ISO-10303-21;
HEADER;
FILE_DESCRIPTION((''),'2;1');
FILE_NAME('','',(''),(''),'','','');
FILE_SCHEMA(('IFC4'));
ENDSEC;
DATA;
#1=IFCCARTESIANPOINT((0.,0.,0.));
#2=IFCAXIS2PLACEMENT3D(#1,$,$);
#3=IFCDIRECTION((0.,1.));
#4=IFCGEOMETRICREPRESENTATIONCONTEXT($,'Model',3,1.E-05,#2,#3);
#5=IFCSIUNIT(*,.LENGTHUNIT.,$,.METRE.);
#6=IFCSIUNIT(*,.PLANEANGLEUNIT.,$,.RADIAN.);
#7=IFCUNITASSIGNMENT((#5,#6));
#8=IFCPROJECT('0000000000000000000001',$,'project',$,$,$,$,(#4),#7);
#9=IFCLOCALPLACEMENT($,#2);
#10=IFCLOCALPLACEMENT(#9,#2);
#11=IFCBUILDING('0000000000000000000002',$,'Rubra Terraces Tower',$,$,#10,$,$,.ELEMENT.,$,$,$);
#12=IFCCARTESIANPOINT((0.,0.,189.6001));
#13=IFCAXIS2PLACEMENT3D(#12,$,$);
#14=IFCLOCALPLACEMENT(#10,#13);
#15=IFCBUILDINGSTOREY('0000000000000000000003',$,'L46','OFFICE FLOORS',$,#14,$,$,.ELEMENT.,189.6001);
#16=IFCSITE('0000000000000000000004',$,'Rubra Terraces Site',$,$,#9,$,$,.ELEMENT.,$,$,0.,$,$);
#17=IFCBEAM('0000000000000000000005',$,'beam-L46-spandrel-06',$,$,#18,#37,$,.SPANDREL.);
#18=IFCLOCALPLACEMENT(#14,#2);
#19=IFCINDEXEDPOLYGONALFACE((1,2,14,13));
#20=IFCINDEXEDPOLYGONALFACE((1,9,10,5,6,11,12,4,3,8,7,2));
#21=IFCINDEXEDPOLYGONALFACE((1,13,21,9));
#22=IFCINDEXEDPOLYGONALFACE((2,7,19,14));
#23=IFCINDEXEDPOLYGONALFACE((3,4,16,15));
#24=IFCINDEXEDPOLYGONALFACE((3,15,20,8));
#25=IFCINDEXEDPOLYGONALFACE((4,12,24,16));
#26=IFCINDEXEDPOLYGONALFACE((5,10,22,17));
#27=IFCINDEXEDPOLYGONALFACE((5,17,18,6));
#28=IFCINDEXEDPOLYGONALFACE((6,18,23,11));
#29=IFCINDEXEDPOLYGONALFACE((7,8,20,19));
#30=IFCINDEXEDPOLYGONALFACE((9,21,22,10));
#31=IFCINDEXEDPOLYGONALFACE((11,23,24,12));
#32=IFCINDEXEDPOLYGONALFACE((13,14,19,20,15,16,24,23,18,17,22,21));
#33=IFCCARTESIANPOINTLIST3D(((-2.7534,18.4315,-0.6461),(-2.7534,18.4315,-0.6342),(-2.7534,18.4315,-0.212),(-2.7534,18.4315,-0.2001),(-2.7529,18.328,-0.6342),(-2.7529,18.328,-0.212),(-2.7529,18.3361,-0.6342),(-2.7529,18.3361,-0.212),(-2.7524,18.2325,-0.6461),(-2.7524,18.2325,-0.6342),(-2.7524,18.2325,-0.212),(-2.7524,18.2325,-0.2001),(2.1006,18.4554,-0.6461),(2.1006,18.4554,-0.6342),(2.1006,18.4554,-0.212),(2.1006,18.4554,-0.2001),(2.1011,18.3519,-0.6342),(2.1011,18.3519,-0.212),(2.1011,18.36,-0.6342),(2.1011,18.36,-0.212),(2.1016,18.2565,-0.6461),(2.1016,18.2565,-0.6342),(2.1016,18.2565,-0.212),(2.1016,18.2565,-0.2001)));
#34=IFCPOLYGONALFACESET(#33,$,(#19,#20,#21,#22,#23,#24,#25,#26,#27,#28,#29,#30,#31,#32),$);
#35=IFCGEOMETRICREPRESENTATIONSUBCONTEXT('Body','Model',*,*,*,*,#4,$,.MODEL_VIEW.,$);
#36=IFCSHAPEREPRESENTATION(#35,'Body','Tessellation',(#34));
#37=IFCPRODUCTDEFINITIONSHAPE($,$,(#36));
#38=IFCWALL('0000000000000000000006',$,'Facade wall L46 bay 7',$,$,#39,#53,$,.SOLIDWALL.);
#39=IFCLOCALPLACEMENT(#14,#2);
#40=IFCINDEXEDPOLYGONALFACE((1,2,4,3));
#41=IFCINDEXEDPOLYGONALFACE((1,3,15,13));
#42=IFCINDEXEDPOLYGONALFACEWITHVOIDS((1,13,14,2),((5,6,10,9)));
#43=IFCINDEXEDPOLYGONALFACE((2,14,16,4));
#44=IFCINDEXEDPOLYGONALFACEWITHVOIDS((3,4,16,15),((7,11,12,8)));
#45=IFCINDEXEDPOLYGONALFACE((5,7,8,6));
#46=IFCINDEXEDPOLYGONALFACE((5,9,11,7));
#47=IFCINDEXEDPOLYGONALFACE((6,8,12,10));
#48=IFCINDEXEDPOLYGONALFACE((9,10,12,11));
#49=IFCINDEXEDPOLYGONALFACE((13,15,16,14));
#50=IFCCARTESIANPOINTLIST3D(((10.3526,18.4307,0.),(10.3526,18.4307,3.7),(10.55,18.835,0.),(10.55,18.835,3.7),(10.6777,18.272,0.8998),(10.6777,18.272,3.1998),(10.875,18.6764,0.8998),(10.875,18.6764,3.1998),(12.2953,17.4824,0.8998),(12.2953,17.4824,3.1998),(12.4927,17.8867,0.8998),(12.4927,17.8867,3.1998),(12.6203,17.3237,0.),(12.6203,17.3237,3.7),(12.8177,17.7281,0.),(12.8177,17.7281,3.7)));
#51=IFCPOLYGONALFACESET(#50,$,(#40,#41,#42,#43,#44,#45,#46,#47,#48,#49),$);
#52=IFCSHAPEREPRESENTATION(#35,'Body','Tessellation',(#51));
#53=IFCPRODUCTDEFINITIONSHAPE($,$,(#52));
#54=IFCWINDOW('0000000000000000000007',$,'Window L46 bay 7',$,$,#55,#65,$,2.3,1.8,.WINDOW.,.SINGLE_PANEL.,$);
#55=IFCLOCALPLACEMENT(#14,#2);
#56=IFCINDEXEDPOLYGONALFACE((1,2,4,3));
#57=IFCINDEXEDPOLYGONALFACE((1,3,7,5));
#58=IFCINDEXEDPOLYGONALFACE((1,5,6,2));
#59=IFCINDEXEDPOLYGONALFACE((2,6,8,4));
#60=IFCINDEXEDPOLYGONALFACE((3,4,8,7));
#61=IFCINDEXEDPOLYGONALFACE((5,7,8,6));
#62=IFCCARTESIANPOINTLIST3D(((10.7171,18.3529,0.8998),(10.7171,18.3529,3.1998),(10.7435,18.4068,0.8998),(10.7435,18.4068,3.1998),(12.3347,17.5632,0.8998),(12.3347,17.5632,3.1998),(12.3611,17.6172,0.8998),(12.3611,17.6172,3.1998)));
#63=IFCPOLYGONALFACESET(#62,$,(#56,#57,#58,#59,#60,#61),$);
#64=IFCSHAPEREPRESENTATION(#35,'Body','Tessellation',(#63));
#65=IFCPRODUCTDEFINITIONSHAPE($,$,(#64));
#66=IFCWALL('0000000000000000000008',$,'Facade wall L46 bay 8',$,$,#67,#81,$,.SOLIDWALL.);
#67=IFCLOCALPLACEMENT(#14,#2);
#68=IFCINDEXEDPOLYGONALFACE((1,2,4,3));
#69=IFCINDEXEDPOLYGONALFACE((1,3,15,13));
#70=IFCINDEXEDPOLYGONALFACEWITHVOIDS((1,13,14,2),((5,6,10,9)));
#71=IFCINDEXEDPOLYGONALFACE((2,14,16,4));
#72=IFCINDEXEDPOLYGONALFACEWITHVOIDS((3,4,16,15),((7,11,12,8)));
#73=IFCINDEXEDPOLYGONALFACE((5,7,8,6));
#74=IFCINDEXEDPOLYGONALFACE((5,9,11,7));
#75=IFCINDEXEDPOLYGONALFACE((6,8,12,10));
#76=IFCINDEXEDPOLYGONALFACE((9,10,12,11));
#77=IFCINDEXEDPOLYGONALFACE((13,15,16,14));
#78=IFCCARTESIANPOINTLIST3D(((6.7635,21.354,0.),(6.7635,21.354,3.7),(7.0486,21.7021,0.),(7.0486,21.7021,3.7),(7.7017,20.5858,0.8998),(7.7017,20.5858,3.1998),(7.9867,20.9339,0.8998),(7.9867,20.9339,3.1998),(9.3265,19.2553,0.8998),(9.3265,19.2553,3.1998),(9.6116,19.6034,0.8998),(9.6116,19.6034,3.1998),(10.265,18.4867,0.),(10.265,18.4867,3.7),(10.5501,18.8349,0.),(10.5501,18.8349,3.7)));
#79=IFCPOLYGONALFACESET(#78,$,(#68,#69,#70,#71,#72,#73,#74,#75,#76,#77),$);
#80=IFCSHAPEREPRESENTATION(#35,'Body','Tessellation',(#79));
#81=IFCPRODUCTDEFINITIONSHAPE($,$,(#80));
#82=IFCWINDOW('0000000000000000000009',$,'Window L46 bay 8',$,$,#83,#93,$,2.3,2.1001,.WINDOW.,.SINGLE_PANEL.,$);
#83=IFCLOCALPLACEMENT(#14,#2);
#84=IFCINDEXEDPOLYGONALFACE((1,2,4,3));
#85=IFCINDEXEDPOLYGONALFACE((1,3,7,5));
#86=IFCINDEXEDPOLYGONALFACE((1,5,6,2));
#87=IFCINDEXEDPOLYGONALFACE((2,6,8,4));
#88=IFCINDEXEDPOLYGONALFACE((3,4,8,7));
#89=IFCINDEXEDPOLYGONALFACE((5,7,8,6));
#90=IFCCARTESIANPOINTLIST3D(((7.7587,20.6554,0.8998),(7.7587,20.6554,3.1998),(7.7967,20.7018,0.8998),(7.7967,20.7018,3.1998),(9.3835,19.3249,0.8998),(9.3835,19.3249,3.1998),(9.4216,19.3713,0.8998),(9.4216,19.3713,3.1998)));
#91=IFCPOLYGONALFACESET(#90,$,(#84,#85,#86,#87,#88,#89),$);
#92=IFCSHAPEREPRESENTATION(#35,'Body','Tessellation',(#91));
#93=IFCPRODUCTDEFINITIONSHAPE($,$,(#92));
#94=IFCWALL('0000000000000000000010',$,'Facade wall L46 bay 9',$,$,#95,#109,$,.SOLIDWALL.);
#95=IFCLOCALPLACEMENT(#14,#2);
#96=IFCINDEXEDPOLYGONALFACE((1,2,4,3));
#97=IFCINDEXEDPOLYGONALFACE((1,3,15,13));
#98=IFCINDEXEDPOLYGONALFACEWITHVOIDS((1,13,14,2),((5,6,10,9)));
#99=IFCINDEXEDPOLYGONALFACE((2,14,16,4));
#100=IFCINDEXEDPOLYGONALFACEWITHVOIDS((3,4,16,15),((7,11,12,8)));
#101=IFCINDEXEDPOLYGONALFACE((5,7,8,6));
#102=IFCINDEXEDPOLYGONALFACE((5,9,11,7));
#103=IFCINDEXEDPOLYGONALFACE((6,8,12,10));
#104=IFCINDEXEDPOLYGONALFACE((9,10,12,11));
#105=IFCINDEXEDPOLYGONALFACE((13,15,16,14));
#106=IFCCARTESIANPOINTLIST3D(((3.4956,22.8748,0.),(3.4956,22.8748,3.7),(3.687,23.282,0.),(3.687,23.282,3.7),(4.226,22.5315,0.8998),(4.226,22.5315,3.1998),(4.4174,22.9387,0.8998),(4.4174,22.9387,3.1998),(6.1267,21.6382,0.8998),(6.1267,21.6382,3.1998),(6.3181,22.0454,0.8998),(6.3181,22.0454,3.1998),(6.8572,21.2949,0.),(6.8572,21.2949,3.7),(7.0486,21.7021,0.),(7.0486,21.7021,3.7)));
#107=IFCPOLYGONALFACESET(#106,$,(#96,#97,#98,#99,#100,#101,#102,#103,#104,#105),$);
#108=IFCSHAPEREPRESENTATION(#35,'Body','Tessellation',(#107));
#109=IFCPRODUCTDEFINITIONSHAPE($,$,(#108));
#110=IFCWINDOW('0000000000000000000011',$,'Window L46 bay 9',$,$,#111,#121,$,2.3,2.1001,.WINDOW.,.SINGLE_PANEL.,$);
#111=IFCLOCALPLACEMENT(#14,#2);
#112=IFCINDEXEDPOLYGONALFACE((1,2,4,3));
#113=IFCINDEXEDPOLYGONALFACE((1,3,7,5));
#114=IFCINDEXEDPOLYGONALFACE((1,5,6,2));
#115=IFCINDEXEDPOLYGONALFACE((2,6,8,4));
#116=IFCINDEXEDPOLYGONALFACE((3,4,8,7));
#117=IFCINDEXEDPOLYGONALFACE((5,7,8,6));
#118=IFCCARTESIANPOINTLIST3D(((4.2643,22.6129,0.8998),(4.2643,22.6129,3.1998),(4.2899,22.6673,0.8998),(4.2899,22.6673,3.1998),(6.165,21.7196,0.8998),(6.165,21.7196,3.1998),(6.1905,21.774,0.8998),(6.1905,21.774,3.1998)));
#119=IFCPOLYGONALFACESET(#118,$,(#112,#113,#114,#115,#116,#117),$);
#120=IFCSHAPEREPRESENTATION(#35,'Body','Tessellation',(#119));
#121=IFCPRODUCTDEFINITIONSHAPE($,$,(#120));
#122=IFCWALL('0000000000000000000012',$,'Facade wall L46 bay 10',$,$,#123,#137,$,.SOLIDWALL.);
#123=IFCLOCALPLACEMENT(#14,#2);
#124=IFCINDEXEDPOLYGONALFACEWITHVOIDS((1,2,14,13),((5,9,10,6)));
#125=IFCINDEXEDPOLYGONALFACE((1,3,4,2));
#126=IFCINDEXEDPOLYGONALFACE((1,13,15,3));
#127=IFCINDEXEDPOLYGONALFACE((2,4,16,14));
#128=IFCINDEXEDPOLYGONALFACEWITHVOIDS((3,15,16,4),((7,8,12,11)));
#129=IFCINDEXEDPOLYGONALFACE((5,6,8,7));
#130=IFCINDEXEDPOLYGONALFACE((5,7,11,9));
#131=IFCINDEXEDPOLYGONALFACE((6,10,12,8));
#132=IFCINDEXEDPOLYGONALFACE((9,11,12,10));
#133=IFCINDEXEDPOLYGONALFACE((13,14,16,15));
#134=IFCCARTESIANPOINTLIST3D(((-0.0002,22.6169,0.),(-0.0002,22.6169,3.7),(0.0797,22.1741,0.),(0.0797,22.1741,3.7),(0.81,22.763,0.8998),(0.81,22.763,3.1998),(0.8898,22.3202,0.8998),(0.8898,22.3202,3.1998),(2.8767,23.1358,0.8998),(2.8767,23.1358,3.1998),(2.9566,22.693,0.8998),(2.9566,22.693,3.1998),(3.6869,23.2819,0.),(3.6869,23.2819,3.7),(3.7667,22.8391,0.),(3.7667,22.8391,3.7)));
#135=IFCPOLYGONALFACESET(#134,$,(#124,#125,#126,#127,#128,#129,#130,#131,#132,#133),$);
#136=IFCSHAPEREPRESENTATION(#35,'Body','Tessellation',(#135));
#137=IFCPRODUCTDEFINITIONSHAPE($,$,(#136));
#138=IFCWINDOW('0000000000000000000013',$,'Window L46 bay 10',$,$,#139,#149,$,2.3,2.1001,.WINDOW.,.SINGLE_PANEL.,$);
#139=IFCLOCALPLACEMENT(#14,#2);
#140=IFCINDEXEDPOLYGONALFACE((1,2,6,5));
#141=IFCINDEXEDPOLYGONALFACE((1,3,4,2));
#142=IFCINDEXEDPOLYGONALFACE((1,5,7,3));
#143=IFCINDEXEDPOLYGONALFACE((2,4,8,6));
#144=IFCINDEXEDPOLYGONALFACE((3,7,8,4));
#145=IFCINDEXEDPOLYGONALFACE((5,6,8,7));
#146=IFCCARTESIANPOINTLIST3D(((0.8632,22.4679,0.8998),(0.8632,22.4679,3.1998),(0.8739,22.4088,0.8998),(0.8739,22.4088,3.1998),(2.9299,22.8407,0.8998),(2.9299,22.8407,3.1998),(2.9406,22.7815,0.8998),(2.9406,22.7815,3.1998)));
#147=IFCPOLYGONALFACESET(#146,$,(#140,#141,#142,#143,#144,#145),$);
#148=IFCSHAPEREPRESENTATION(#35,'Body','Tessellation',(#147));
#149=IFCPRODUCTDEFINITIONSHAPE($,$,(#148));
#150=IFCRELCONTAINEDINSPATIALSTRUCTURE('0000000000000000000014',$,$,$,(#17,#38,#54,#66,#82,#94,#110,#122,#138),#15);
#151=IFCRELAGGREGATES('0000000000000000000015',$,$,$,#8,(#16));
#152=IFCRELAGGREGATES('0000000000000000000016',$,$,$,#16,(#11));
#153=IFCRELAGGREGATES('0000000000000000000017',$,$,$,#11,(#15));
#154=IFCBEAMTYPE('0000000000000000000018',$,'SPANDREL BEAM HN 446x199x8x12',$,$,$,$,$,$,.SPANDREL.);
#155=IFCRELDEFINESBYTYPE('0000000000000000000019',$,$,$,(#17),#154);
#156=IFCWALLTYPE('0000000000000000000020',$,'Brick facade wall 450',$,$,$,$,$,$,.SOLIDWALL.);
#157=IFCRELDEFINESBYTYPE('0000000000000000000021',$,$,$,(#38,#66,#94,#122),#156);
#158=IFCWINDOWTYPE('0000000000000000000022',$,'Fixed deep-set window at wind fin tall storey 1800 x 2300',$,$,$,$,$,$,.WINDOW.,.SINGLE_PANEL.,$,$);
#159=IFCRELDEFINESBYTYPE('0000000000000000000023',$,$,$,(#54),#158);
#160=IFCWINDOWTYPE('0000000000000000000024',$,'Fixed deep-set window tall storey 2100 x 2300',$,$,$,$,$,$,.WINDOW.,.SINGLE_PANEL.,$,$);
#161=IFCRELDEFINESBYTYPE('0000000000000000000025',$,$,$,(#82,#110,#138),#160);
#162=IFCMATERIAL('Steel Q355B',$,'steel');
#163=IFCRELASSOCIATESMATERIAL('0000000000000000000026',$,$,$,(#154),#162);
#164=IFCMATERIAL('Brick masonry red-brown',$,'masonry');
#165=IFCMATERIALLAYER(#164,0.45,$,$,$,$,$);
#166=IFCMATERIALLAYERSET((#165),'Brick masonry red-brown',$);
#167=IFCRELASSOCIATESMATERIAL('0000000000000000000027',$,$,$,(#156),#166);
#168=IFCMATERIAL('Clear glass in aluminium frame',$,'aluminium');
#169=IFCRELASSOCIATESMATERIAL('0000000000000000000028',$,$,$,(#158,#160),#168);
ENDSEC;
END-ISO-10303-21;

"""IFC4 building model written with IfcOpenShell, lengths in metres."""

from ifc_helpers import new_model, si_unit, direction, frame, frame_2d, origin, origin_2d, place, context, subcontext, project, spatial, rectangle, i_section, extrude, material, layer, layer_set, material_profile, profile_set, type_object, element, fill, save


model = new_model("IFC4")

# Units and contexts
model_context = context("Model", 3, precision=1e-05, world=origin(), true_north=direction((0.0, 1.0)))
body_context = subcontext(model_context, "Body", "Model", "MODEL_VIEW")
ifc_project = project(units=[si_unit("LENGTHUNIT", "METRE"), si_unit("PLANEANGLEUNIT", "RADIAN")], contexts=[model_context])

# Site, building, storey
site_placement = place(None, origin())
site = spatial("IfcSite", under=ifc_project, at=site_placement, Name="Rubra Terraces Site", CompositionType="ELEMENT", RefElevation=0.0)
building_placement = place(site_placement, origin())
building = spatial("IfcBuilding", under=site, at=building_placement, Name="Rubra Terraces Tower", CompositionType="ELEMENT")
storey_placement = place(building_placement, frame((0.0, 0.0, 189.6001)))
storey = spatial("IfcBuildingStorey", under=building, at=storey_placement, Name="L46", Description="OFFICE FLOORS", CompositionType="ELEMENT", Elevation=189.6001)

# Beam
ifc_material_1 = material(Name="Steel Q355B", Category="steel")
ifc_material_profile_1 = material_profile(ifc_material_1, i_section(OverallWidth=0.199, OverallDepth=0.446, WebThickness=0.0081, FlangeThickness=0.012, at=origin_2d()), Name="HN 446x199x8x12")
ifc_profile_set_1 = profile_set([ifc_material_profile_1], Name="Steel Q355B")
beam_type_1 = type_object("IfcBeamType", Name="SPANDREL BEAM HN 446x199x8x12", PredefinedType="SPANDREL", material=ifc_profile_set_1)
beam_1_placement = place(storey_placement, frame((2.1011, 18.356, -0.4231), z_axis=(-0.999988, -0.004929, 0.0), x_axis=(0.004929, -0.999988, 0.0)))
element("IfcBeam", 1, at=beam_1_placement, inside=storey, type_object=beam_type_1, Name="beam-L46-spandrel-06", PredefinedType="SPANDREL", context=body_context, shape_type="SweptSolid", body=[
    extrude(i_section(OverallWidth=0.199, OverallDepth=0.446, WebThickness=0.0081, FlangeThickness=0.012, at=origin_2d()), origin(), (0.0, 0.0, 1.0), 4.854),
])

# Walls, openings, windows
ifc_material_2 = material(Name="Brick masonry red-brown", Category="masonry")
ifc_layer_1 = layer(ifc_material_2, 0.45)
ifc_layer_set_1 = layer_set([ifc_layer_1], Name="Brick masonry red-brown")
wall_type_1 = type_object("IfcWallType", Name="Brick facade wall 450", PredefinedType="SOLIDWALL", material=ifc_layer_set_1)
wall_1_placement = place(storey_placement, frame((12.719, 17.5259, 0.0), z_axis=(0.0, 0.0, 1.0), x_axis=(-0.898644, 0.438679, 0.0)))
wall_1 = element("IfcWall", 2, at=wall_1_placement, inside=storey, type_object=wall_type_1, Name="Facade wall L46 bay 7", PredefinedType="SOLIDWALL", context=body_context, shape_type="SweptSolid", body=[
    extrude(rectangle(XDim=2.5234, YDim=0.45, at=frame_2d((1.2617, 0.0))), origin(), (0.0, 0.0, 1.0), 3.7),
])
opening_1_placement = place(wall_1_placement, frame((0.3618, 0.0, 0.8999)))
opening_1 = element("IfcOpeningElement", 3, at=opening_1_placement, cuts=wall_1, PredefinedType="OPENING", context=body_context, shape_type="SweptSolid", body=[
    extrude(rectangle(XDim=1.8, YDim=2.3, at=frame_2d((0.8999, 1.1499))), frame((0.0, 0.2349, 0.0), z_axis=(0.0, -1.0, 0.0), x_axis=(1.0, 0.0, 0.0)), (0.0, 0.0, 1.0), 0.47),
])
ifc_material_3 = material(Name="Clear glass in aluminium frame", Category="aluminium")
window_type_1 = type_object("IfcWindowType", Name="Fixed deep-set window at wind fin tall storey 1800 x 2300", PartitioningType="SINGLE_PANEL", PredefinedType="WINDOW", material=ifc_material_3)
window_1_placement = place(opening_1_placement, origin())
window_1 = element("IfcWindow", 4, at=window_1_placement, inside=storey, type_object=window_type_1, Name="Window L46 bay 7", OverallHeight=2.3, OverallWidth=1.8, PartitioningType="SINGLE_PANEL", PredefinedType="WINDOW", context=body_context, shape_type="SweptSolid", body=[
    extrude(rectangle(XDim=1.8, YDim=2.3, at=frame_2d((0.8999, 1.1499))), frame((0.0, 0.135, 0.0), z_axis=(0.0, -1.0, 0.0), x_axis=(1.0, 0.0, 0.0)), (0.0, 0.0, 1.0), 0.0601),
])
fill(opening_1, window_1)
wall_2_placement = place(storey_placement, frame((10.4075, 18.6609, 0.0), z_axis=(0.0, 0.0, 1.0), x_axis=(-0.773702, 0.633549, 0.0)))
wall_2 = element("IfcWall", 5, at=wall_2_placement, inside=storey, type_object=wall_type_1, Name="Facade wall L46 bay 8", PredefinedType="SOLIDWALL", context=body_context, shape_type="SweptSolid", body=[
    extrude(rectangle(XDim=4.5256, YDim=0.45, at=frame_2d((2.2627, 0.0))), origin(), (0.0, 0.0, 1.0), 3.7),
])
opening_2_placement = place(wall_2_placement, frame((1.2129, 0.0, 0.8999)))
opening_2 = element("IfcOpeningElement", 6, at=opening_2_placement, cuts=wall_2, PredefinedType="OPENING", context=body_context, shape_type="SweptSolid", body=[
    extrude(rectangle(XDim=2.1001, YDim=2.3, at=frame_2d((1.05, 1.1499))), frame((0.0, 0.2349, 0.0), z_axis=(0.0, -1.0, 0.0), x_axis=(1.0, 0.0, 0.0)), (0.0, 0.0, 1.0), 0.47),
])
window_type_2 = type_object("IfcWindowType", Name="Fixed deep-set window tall storey 2100 x 2300", PartitioningType="SINGLE_PANEL", PredefinedType="WINDOW", material=ifc_material_3)
window_2_placement = place(opening_2_placement, origin())
window_2 = element("IfcWindow", 7, at=window_2_placement, inside=storey, type_object=window_type_2, Name="Window L46 bay 8", OverallHeight=2.3, OverallWidth=2.1001, PartitioningType="SINGLE_PANEL", PredefinedType="WINDOW", context=body_context, shape_type="SweptSolid", body=[
    extrude(rectangle(XDim=2.1001, YDim=2.3, at=frame_2d((1.05, 1.1499))), frame((0.0, 0.135, 0.0), z_axis=(0.0, -1.0, 0.0), x_axis=(1.0, 0.0, 0.0)), (0.0, 0.0, 1.0), 0.0601),
])
fill(opening_2, window_2)
wall_3_placement = place(storey_placement, frame((6.9529, 21.4985, 0.0), z_axis=(0.0, 0.0, 1.0), x_axis=(-0.905035, 0.425338, 0.0)))
wall_3 = element("IfcWall", 8, at=wall_3_placement, inside=storey, type_object=wall_type_1, Name="Facade wall L46 bay 9", PredefinedType="SOLIDWALL", context=body_context, shape_type="SweptSolid", body=[
    extrude(rectangle(XDim=3.7144, YDim=0.45, at=frame_2d((1.8572, 0.0))), origin(), (0.0, 0.0, 1.0), 3.7),
])
opening_3_placement = place(wall_3_placement, frame((0.8071, 0.0, 0.8999)))
opening_3 = element("IfcOpeningElement", 9, at=opening_3_placement, cuts=wall_3, PredefinedType="OPENING", context=body_context, shape_type="SweptSolid", body=[
    extrude(rectangle(XDim=2.1001, YDim=2.3, at=frame_2d((1.05, 1.1499))), frame((0.0, 0.2349, 0.0), z_axis=(0.0, -1.0, 0.0), x_axis=(1.0, 0.0, 0.0)), (0.0, 0.0, 1.0), 0.47),
])
window_3_placement = place(opening_3_placement, origin())
window_3 = element("IfcWindow", 10, at=window_3_placement, inside=storey, type_object=window_type_2, Name="Window L46 bay 9", OverallHeight=2.3, OverallWidth=2.1001, PartitioningType="SINGLE_PANEL", PredefinedType="WINDOW", context=body_context, shape_type="SweptSolid", body=[
    extrude(rectangle(XDim=2.1001, YDim=2.3, at=frame_2d((1.05, 1.1499))), frame((0.0, 0.135, 0.0), z_axis=(0.0, -1.0, 0.0), x_axis=(1.0, 0.0, 0.0)), (0.0, 0.0, 1.0), 0.0601),
])
fill(opening_3, window_3)
wall_4_placement = place(storey_placement, frame((3.7268, 23.0605, 0.0), z_axis=(0.0, 0.0, 1.0), x_axis=(-0.984119, -0.177509, 0.0)))
wall_4 = element("IfcWall", 11, at=wall_4_placement, inside=storey, type_object=wall_type_1, Name="Facade wall L46 bay 10", PredefinedType="SOLIDWALL", context=body_context, shape_type="SweptSolid", body=[
    extrude(rectangle(XDim=3.7466, YDim=0.45, at=frame_2d((1.8733, 0.0))), origin(), (0.0, 0.0, 1.0), 3.7),
])
opening_4_placement = place(wall_4_placement, frame((0.8232, 0.0, 0.8999)))
opening_4 = element("IfcOpeningElement", 12, at=opening_4_placement, cuts=wall_4, PredefinedType="OPENING", context=body_context, shape_type="SweptSolid", body=[
    extrude(rectangle(XDim=2.1001, YDim=2.3, at=frame_2d((1.05, 1.1499))), frame((0.0, 0.2349, 0.0), z_axis=(0.0, -1.0, 0.0), x_axis=(1.0, 0.0, 0.0)), (0.0, 0.0, 1.0), 0.47),
])
window_4_placement = place(opening_4_placement, origin())
window_4 = element("IfcWindow", 13, at=window_4_placement, inside=storey, type_object=window_type_2, Name="Window L46 bay 10", OverallHeight=2.3, OverallWidth=2.1001, PartitioningType="SINGLE_PANEL", PredefinedType="WINDOW", context=body_context, shape_type="SweptSolid", body=[
    extrude(rectangle(XDim=2.1001, YDim=2.3, at=frame_2d((1.05, 1.1499))), frame((0.0, 0.135, 0.0), z_axis=(0.0, -1.0, 0.0), x_axis=(1.0, 0.0, 0.0)), (0.0, 0.0, 1.0), 0.0601),
])
fill(opening_4, window_4)

save(model, "model.ifc")
